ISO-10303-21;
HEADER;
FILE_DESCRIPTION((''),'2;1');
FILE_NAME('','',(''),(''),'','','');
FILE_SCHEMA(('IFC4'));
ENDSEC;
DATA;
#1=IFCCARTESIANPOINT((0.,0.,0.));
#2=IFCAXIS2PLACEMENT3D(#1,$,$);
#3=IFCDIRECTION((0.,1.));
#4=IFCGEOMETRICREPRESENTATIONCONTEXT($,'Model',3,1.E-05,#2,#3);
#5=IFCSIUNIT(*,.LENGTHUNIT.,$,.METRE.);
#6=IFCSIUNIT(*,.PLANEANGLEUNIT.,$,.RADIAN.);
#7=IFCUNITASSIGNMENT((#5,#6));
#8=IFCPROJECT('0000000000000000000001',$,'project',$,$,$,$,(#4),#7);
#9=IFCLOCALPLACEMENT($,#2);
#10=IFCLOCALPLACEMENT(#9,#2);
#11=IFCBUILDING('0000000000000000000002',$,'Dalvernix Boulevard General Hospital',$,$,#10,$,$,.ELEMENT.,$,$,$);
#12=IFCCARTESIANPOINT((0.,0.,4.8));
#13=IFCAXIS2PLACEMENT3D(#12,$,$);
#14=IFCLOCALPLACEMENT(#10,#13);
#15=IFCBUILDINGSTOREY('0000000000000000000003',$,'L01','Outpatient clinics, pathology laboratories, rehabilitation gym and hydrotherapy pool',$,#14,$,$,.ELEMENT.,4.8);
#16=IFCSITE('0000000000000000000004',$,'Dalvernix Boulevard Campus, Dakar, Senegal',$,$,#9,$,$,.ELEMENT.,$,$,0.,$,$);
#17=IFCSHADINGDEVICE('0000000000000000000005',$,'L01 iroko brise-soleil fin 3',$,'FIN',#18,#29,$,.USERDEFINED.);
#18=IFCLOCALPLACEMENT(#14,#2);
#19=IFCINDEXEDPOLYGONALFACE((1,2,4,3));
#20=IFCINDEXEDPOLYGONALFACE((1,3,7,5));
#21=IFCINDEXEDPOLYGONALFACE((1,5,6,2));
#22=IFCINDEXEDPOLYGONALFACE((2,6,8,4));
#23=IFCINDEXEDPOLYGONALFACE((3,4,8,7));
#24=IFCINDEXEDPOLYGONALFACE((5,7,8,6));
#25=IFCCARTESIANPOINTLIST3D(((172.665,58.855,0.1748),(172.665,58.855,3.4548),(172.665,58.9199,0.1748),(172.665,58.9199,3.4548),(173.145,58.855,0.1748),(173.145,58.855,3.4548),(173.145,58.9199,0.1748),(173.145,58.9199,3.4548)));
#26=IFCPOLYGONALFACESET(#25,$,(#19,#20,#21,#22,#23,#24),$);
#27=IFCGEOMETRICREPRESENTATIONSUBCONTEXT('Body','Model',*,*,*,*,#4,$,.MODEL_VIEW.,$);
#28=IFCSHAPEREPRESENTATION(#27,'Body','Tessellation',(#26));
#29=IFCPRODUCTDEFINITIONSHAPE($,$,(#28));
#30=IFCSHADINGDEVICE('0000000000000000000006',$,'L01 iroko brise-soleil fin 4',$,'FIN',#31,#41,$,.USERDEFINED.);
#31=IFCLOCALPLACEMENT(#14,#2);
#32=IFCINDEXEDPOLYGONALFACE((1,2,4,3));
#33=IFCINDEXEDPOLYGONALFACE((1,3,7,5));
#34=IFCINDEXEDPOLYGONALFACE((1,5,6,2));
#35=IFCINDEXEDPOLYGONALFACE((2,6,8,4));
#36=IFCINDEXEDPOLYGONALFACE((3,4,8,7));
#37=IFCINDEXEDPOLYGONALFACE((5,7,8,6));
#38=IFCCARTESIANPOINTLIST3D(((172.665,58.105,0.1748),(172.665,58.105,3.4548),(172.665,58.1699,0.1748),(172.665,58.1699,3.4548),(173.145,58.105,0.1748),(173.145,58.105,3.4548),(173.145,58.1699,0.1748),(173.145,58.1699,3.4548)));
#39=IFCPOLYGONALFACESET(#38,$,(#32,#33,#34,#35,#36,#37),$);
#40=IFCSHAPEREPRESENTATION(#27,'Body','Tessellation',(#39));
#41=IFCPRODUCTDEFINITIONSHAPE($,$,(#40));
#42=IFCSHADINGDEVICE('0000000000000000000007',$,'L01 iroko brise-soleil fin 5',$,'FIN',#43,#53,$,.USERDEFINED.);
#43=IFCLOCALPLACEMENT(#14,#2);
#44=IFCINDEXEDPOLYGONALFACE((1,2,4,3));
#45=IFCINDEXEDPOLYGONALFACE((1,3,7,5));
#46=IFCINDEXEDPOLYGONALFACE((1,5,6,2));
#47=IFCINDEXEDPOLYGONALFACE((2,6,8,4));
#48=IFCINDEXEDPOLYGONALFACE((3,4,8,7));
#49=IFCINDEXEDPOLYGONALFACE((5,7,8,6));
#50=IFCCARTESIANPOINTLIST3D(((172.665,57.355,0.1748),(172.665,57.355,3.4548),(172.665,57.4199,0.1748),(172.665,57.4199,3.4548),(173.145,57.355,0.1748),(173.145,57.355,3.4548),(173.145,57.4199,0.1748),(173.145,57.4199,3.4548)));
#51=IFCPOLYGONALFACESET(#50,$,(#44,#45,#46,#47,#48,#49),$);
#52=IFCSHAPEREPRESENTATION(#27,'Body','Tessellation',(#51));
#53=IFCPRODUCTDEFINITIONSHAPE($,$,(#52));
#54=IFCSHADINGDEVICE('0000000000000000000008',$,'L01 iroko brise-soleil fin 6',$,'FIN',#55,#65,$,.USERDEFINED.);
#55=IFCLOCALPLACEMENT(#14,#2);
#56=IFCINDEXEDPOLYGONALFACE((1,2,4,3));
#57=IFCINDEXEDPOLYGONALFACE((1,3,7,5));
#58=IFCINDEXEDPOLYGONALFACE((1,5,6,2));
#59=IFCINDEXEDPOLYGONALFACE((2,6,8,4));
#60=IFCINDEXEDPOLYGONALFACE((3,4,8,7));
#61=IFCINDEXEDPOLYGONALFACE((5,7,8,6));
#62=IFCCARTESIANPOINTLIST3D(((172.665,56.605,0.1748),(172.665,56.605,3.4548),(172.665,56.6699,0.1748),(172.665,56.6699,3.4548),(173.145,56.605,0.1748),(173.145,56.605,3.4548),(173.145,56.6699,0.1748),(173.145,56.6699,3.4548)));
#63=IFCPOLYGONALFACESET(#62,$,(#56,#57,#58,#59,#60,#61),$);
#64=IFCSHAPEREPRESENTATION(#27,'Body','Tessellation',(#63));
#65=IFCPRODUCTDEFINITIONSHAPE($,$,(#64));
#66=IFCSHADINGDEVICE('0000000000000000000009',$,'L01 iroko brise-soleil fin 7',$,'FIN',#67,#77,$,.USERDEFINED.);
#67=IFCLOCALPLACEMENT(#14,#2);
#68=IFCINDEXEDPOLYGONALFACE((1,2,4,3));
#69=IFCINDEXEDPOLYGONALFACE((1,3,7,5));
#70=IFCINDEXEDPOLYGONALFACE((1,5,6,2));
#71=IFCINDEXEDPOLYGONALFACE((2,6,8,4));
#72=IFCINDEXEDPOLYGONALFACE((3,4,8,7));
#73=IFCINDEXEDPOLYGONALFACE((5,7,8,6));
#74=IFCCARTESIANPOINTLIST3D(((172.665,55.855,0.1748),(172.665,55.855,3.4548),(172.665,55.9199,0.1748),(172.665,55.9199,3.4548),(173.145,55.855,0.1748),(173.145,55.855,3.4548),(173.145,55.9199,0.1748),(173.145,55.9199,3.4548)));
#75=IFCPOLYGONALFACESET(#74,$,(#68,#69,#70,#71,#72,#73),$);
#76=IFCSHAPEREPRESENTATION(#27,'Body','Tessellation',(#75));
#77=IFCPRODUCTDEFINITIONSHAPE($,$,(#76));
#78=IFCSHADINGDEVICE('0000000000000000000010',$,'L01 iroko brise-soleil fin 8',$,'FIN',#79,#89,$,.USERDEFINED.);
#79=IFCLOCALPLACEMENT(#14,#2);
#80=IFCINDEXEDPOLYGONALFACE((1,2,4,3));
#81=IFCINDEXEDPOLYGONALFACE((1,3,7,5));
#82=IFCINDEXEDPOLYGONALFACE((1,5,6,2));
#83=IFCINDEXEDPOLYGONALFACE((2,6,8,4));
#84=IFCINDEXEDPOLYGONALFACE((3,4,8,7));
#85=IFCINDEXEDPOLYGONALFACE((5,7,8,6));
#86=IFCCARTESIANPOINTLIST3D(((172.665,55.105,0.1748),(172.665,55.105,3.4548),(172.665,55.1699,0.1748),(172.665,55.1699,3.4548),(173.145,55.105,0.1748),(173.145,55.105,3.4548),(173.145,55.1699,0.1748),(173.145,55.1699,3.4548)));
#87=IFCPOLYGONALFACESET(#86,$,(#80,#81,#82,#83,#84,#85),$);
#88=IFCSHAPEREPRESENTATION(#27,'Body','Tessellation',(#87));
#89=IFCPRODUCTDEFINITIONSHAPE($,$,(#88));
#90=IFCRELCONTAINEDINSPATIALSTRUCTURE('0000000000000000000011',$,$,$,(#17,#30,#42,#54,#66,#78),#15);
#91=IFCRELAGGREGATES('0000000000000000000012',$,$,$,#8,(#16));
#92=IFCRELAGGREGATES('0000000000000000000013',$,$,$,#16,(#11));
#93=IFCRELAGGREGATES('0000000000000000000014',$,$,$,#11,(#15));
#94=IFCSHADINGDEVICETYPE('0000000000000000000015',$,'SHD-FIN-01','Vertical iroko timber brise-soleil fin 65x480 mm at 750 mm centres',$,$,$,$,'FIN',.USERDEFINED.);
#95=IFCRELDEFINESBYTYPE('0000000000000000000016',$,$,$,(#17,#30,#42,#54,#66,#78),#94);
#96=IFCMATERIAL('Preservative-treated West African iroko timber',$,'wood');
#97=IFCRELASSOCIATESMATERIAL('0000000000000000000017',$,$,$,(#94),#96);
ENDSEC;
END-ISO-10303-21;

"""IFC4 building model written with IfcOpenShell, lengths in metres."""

from ifc_helpers import new_model, si_unit, direction, frame, origin, origin_2d, place, context, subcontext, project, spatial, rectangle, extrude, material, type_object, element, save


model = new_model("IFC4")

# Units and contexts
model_context = context("Model", 3, precision=1e-05, world=origin(), true_north=direction((0.0, 1.0)))
body_context = subcontext(model_context, "Body", "Model", "MODEL_VIEW")
ifc_project = project(units=[si_unit("LENGTHUNIT", "METRE"), si_unit("PLANEANGLEUNIT", "RADIAN")], contexts=[model_context])

# Site, building, storey
site_placement = place(None, origin())
site = spatial("IfcSite", under=ifc_project, at=site_placement, Name="Dalvernix Boulevard Campus, Dakar, Senegal", CompositionType="ELEMENT", RefElevation=0.0)
building_placement = place(site_placement, origin())
building = spatial("IfcBuilding", under=site, at=building_placement, Name="Dalvernix Boulevard General Hospital", CompositionType="ELEMENT")
storey_placement = place(building_placement, frame((0.0, 0.0, 4.8)))
storey = spatial("IfcBuildingStorey", under=building, at=storey_placement, Name="L01", Description="Outpatient clinics, pathology laboratories, rehabilitation gym and hydrotherapy pool", CompositionType="ELEMENT", Elevation=4.8)

# Shading devices
ifc_material_1 = material(Name="Preservative-treated West African iroko timber", Category="wood")
shading_device_type = type_object("IfcShadingDeviceType", Name="SHD-FIN-01", Description="Vertical iroko timber brise-soleil fin 65x480 mm at 750 mm centres", ElementType="FIN", PredefinedType="USERDEFINED", material=ifc_material_1)
for number, where, z_axis, x_axis, name in (
    (1, (172.905, 58.8875, 0.1748), (0.0, 0.0, 1.0), (0.0, -1.0, 0.0), "L01 iroko brise-soleil fin 3"),
    (2, (172.905, 58.1375, 0.1748), (0.0, 0.0, 1.0), (0.0, -1.0, 0.0), "L01 iroko brise-soleil fin 4"),
    (3, (172.905, 57.3875, 0.1748), (0.0, 0.0, 1.0), (0.0, -1.0, 0.0), "L01 iroko brise-soleil fin 5"),
    (4, (172.905, 56.6375, 0.1748), (0.0, 0.0, 1.0), (0.0, -1.0, 0.0), "L01 iroko brise-soleil fin 6"),
    (5, (172.905, 55.8875, 0.1748), (0.0, 0.0, 1.0), (0.0, -1.0, 0.0), "L01 iroko brise-soleil fin 7"),
    (6, (172.905, 55.1375, 0.1748), (0.0, 0.0, 1.0), (0.0, -1.0, 0.0), "L01 iroko brise-soleil fin 8"),
):
    element("IfcShadingDevice", number, at=place(storey_placement, frame(where, z_axis=z_axis, x_axis=x_axis)), inside=storey, type_object=shading_device_type, Name=name, ObjectType="FIN", PredefinedType="USERDEFINED", context=body_context, shape_type="SweptSolid", body=[
        extrude(rectangle(XDim=0.0649, YDim=0.48, at=origin_2d()), origin(), (0.0, 0.0, 1.0), 3.28),
    ])

save(model, "model.ifc")
